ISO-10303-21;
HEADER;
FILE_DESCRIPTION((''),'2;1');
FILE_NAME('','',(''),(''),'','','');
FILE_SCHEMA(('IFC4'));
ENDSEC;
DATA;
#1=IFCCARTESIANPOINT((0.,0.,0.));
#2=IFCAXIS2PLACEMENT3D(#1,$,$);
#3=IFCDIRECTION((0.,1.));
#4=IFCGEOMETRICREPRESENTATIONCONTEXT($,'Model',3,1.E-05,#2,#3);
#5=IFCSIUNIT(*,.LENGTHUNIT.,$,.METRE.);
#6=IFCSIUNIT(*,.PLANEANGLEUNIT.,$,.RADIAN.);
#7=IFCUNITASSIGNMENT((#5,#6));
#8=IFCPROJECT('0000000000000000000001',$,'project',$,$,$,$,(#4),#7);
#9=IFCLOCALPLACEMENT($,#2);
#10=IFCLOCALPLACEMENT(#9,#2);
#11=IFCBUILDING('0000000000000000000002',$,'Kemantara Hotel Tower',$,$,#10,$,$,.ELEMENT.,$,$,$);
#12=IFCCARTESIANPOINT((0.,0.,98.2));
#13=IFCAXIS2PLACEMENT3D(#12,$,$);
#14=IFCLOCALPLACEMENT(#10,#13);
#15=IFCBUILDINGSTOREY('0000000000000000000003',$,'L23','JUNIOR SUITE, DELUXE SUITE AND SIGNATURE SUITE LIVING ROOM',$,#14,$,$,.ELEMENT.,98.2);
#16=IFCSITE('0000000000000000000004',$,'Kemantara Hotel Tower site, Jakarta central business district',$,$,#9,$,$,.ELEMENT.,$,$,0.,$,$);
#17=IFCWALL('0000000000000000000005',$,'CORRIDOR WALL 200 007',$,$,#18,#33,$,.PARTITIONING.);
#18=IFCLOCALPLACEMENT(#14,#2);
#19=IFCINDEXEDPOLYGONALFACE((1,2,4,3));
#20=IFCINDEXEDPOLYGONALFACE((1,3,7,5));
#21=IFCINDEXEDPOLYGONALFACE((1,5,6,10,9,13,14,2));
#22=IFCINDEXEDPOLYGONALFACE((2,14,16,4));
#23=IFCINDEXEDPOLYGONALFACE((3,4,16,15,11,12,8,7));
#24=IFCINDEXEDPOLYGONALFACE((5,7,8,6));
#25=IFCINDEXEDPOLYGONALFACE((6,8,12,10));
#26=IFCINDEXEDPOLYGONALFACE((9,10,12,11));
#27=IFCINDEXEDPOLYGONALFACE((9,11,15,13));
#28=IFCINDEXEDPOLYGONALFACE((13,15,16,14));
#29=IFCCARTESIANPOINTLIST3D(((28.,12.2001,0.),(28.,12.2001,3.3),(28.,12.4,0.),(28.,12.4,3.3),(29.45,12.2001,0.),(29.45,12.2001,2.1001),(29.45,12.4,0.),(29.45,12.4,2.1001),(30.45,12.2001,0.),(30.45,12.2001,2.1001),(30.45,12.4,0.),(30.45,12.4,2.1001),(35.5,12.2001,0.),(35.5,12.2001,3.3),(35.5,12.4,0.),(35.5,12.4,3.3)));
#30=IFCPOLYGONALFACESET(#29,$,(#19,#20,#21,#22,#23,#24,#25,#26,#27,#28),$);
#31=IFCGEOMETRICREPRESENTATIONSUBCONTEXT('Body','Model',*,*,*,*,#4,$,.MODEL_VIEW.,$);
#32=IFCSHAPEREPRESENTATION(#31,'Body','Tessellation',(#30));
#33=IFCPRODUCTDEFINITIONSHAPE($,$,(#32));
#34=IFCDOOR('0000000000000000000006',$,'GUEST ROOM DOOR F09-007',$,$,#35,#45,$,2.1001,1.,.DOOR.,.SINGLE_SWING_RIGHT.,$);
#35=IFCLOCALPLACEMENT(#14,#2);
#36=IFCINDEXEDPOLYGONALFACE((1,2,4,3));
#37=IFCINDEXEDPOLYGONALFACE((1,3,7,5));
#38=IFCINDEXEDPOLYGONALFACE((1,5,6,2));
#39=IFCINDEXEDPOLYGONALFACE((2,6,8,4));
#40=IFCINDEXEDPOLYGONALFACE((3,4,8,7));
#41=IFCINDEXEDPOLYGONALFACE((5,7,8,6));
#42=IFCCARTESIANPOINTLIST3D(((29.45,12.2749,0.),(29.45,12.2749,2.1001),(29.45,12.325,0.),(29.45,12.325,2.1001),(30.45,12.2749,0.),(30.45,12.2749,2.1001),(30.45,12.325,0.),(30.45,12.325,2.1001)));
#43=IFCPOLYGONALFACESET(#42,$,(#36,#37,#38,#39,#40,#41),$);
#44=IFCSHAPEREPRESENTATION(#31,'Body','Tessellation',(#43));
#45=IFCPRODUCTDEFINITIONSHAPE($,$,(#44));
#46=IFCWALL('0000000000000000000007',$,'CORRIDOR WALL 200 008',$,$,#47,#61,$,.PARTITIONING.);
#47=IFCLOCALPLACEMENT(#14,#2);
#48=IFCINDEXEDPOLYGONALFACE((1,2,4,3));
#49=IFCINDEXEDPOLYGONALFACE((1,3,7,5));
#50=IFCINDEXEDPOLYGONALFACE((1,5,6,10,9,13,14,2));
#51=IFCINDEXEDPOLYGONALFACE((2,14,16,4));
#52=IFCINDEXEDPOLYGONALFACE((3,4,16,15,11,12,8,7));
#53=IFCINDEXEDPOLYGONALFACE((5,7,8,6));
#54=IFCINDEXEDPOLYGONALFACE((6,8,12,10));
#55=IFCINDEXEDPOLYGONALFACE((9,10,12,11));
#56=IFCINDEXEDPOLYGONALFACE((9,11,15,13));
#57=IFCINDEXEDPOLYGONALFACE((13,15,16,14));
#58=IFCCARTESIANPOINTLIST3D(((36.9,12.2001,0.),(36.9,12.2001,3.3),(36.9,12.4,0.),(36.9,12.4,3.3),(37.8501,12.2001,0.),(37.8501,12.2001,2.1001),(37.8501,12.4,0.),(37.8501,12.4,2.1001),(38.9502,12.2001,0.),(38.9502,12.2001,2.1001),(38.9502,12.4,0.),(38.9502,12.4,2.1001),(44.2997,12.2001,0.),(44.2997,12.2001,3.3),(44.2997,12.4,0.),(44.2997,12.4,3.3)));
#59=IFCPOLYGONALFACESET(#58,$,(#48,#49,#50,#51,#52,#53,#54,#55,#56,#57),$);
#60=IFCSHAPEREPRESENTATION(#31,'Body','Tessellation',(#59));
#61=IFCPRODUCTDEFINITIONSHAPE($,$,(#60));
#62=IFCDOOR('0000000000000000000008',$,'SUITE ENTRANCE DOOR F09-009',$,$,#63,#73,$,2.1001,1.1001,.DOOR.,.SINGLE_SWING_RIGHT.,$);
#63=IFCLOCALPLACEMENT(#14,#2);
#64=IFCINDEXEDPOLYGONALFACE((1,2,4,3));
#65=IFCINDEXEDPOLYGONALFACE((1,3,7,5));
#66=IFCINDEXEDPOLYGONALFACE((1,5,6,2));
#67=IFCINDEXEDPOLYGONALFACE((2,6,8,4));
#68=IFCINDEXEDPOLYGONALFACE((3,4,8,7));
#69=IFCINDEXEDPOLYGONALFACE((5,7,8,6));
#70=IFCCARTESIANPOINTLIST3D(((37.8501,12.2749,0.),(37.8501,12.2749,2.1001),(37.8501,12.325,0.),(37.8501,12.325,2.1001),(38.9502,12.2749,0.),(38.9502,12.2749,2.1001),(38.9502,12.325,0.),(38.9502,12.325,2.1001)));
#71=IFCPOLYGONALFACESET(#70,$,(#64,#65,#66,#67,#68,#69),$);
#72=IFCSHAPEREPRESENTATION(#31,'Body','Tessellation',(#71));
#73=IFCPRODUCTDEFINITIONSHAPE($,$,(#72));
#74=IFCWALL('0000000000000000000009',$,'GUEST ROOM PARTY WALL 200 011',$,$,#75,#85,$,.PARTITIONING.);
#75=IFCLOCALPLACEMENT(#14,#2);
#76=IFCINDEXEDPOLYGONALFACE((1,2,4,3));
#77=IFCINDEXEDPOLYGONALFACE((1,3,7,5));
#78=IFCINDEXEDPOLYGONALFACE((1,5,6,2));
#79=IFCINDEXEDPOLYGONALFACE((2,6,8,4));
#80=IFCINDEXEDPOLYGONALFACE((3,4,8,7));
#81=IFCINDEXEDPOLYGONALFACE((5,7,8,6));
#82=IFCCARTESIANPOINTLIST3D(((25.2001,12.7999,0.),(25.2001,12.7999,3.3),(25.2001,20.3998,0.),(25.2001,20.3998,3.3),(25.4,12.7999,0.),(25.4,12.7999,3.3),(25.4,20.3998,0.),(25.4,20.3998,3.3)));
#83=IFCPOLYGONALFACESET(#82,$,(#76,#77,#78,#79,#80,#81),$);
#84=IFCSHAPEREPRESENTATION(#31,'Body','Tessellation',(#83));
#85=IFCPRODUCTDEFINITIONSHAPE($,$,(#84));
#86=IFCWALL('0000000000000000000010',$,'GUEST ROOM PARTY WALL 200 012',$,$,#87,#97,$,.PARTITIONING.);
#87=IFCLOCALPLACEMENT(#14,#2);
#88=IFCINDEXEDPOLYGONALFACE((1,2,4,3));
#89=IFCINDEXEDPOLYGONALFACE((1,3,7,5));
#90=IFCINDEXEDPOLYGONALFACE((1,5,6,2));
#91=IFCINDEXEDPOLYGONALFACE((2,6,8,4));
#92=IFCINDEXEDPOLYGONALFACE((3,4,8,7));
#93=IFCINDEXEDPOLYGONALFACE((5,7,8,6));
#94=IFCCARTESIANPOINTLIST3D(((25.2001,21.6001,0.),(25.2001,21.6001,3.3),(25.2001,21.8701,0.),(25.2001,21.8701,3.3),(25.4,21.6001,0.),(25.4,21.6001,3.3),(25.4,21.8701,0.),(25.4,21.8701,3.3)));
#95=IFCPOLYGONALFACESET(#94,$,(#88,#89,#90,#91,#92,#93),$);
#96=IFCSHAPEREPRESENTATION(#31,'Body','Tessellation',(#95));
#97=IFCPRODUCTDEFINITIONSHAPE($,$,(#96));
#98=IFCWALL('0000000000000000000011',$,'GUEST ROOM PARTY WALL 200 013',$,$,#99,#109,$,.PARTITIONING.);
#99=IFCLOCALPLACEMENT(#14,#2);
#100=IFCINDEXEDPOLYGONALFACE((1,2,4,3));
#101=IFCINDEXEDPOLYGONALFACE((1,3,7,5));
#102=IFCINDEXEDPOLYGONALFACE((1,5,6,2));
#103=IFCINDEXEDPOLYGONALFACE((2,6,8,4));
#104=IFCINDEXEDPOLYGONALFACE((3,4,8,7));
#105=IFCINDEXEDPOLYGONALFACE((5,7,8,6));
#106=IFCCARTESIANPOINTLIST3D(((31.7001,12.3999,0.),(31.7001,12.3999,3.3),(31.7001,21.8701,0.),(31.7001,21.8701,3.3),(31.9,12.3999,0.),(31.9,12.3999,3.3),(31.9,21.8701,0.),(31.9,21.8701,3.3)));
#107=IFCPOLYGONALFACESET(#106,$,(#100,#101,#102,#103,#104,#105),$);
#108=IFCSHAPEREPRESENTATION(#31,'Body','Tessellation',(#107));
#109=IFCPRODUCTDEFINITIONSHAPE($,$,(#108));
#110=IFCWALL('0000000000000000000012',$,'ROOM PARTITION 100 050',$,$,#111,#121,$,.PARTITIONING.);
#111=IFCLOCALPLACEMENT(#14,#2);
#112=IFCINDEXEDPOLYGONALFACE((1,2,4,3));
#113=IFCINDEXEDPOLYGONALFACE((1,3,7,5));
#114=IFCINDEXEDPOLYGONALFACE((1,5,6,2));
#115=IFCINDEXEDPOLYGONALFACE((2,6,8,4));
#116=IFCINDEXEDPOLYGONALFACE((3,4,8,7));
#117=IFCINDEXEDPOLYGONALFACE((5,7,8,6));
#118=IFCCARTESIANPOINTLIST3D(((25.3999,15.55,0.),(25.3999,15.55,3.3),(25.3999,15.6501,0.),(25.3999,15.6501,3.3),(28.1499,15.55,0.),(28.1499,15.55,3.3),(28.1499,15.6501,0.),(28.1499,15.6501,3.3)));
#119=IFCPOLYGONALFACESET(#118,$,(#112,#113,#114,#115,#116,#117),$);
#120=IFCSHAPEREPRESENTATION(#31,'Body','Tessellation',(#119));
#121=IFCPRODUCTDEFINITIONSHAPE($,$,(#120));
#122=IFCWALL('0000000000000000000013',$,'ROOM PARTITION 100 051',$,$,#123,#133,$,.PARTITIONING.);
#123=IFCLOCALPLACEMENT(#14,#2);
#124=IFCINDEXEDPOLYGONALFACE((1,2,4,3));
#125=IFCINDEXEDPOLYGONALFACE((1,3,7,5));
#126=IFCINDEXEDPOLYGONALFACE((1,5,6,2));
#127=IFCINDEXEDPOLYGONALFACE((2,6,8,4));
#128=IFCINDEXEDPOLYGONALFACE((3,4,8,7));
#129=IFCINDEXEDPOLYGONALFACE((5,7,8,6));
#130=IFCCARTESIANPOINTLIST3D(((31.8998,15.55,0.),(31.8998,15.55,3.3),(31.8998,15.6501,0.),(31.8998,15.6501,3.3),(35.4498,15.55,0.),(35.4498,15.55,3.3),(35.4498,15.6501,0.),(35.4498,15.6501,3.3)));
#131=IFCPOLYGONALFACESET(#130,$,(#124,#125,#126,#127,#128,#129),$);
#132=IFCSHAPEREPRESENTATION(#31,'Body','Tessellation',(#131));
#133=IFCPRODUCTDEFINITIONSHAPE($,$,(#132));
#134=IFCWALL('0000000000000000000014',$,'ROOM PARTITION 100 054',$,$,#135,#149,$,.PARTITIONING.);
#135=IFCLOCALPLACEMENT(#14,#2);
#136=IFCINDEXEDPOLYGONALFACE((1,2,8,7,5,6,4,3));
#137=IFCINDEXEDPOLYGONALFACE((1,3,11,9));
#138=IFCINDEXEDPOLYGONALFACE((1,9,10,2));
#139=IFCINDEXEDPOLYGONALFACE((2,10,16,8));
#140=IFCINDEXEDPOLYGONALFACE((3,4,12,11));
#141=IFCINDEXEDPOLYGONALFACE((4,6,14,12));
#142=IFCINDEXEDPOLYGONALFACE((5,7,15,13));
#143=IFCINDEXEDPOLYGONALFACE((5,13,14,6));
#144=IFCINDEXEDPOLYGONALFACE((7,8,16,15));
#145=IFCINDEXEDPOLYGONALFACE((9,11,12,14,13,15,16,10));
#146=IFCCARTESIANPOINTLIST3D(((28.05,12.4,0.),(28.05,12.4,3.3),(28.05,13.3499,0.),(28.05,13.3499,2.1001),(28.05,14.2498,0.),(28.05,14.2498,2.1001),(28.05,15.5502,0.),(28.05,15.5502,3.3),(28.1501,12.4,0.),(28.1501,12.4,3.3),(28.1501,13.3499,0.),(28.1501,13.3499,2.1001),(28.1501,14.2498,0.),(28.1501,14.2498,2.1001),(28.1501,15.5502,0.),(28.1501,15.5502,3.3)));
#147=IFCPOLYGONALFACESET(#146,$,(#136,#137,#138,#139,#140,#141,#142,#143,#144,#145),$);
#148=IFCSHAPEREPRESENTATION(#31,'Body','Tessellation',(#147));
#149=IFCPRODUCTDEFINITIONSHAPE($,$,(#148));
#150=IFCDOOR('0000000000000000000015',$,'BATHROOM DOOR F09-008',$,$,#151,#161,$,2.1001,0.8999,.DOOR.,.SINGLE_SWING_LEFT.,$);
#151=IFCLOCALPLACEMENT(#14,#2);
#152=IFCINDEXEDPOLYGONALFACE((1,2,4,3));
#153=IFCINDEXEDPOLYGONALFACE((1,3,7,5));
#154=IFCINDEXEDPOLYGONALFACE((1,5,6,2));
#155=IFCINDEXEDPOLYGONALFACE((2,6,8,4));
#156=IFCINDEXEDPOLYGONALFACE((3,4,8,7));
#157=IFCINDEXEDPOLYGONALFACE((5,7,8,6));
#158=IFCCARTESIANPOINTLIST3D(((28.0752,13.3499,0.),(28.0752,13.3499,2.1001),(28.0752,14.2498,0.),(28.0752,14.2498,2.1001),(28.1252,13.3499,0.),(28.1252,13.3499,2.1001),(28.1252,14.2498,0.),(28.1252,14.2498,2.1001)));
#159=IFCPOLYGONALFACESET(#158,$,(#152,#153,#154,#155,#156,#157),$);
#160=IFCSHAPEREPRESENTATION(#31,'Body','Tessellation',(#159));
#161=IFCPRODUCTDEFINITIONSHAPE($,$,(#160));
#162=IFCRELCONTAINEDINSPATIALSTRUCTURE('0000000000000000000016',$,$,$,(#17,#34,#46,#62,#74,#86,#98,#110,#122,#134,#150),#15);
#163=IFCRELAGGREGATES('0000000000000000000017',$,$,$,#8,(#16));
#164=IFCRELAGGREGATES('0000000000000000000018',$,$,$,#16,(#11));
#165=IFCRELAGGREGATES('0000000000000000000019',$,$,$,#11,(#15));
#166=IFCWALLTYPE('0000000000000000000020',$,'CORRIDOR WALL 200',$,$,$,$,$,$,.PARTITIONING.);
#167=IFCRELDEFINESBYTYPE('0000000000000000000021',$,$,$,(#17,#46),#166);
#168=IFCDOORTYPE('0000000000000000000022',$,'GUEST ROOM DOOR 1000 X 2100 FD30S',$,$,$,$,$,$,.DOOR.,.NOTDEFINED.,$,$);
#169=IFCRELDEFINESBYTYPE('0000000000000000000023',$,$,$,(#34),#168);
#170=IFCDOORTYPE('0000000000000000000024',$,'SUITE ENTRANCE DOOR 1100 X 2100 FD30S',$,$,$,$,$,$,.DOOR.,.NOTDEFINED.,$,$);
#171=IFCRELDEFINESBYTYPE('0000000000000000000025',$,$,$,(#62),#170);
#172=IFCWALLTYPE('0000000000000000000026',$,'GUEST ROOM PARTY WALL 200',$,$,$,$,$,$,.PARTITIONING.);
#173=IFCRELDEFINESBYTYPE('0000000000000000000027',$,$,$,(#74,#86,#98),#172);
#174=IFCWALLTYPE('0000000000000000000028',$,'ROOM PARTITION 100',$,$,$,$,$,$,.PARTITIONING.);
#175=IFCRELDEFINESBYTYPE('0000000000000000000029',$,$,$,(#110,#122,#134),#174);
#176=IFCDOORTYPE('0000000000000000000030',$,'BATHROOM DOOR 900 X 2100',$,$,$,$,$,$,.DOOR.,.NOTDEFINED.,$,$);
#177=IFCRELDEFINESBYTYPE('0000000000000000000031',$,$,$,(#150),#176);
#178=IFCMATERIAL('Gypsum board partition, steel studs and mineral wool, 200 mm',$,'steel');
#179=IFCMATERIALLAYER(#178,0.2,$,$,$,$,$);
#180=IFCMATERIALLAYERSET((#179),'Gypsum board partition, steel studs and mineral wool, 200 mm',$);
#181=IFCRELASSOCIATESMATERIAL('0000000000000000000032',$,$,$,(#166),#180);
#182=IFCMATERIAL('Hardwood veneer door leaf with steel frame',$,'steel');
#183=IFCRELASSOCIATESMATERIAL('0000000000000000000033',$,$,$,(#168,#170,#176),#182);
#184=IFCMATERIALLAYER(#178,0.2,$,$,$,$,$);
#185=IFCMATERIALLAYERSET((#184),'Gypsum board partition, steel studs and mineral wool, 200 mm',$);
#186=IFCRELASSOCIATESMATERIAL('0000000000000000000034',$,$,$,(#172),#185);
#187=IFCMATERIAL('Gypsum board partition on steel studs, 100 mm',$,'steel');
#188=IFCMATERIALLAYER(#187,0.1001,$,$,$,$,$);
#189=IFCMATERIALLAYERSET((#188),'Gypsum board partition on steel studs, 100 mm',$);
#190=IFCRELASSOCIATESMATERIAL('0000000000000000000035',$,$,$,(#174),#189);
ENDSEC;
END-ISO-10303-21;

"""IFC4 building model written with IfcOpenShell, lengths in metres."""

from ifc_helpers import new_model, si_unit, direction, frame, frame_2d, origin, place, context, subcontext, project, spatial, rectangle, extrude, material, layer, layer_set, type_object, element, fill, save


model = new_model("IFC4")

# Units and contexts
model_context = context("Model", 3, precision=1e-05, world=origin(), true_north=direction((0.0, 1.0)))
body_context = subcontext(model_context, "Body", "Model", "MODEL_VIEW")
ifc_project = project(units=[si_unit("LENGTHUNIT", "METRE"), si_unit("PLANEANGLEUNIT", "RADIAN")], contexts=[model_context])

# Site, building, storey
site_placement = place(None, origin())
site = spatial("IfcSite", under=ifc_project, at=site_placement, Name="Kemantara Hotel Tower site, Jakarta central business district", CompositionType="ELEMENT", RefElevation=0.0)
building_placement = place(site_placement, origin())
building = spatial("IfcBuilding", under=site, at=building_placement, Name="Kemantara Hotel Tower", CompositionType="ELEMENT")
storey_placement = place(building_placement, frame((0.0, 0.0, 98.2)))
storey = spatial("IfcBuildingStorey", under=building, at=storey_placement, Name="L23", Description="JUNIOR SUITE, DELUXE SUITE AND SIGNATURE SUITE LIVING ROOM", CompositionType="ELEMENT", Elevation=98.2)

# Shared definitions
ifc_material_1 = material(Name="Gypsum board partition, steel studs and mineral wool, 200 mm", Category="steel")
ifc_layer_1 = layer(ifc_material_1, 0.2)
ifc_layer_set_1 = layer_set([ifc_layer_1], Name="Gypsum board partition, steel studs and mineral wool, 200 mm")
wall_type_1 = type_object("IfcWallType", Name="CORRIDOR WALL 200", PredefinedType="PARTITIONING", material=ifc_layer_set_1)

# Walls, openings, doors
wall_1_placement = place(storey_placement, frame((28.0, 12.3, 0.0), z_axis=(0.0, 0.0, 1.0), x_axis=(1.0, 0.0, 0.0)))
wall_1 = element("IfcWall", 1, at=wall_1_placement, inside=storey, type_object=wall_type_1, Name="CORRIDOR WALL 200 007", PredefinedType="PARTITIONING", context=body_context, shape_type="SweptSolid", body=[
    extrude(rectangle(XDim=7.5, YDim=0.2, at=frame_2d((3.75, 0.0))), origin(), (0.0, 0.0, 1.0), 3.3),
])
opening_1_placement = place(wall_1_placement, frame((1.45, 0.0, 0.0)))
opening_1 = element("IfcOpeningElement", 2, at=opening_1_placement, cuts=wall_1, PredefinedType="OPENING", context=body_context, shape_type="SweptSolid", body=[
    extrude(rectangle(XDim=1.0, YDim=2.1001, at=frame_2d((0.5, 1.05))), frame((0.0, 0.1099, 0.0), z_axis=(0.0, -1.0, 0.0), x_axis=(1.0, 0.0, 0.0)), (0.0, 0.0, 1.0), 0.22),
])
ifc_material_2 = material(Name="Hardwood veneer door leaf with steel frame", Category="steel")
door_type_1 = type_object("IfcDoorType", Name="GUEST ROOM DOOR 1000 X 2100 FD30S", OperationType="NOTDEFINED", PredefinedType="DOOR", material=ifc_material_2)
door_1_placement = place(opening_1_placement, origin())
door_1 = element("IfcDoor", 3, at=door_1_placement, inside=storey, type_object=door_type_1, Name="GUEST ROOM DOOR F09-007", OperationType="SINGLE_SWING_RIGHT", OverallHeight=2.1001, OverallWidth=1.0, PredefinedType="DOOR", context=body_context, shape_type="SweptSolid", body=[
    extrude(rectangle(XDim=1.0, YDim=2.1001, at=frame_2d((0.5, 1.05))), frame((0.0, 0.0249, 0.0), z_axis=(0.0, -1.0, 0.0), x_axis=(1.0, 0.0, 0.0)), (0.0, 0.0, 1.0), 0.05),
])
fill(opening_1, door_1)
wall_2_placement = place(storey_placement, frame((36.9001, 12.3, 0.0), z_axis=(0.0, 0.0, 1.0), x_axis=(1.0, 0.0, 0.0)))
wall_2 = element("IfcWall", 4, at=wall_2_placement, inside=storey, type_object=wall_type_1, Name="CORRIDOR WALL 200 008", PredefinedType="PARTITIONING", context=body_context, shape_type="SweptSolid", body=[
    extrude(rectangle(XDim=7.3997, YDim=0.2, at=frame_2d((3.6997, 0.0))), origin(), (0.0, 0.0, 1.0), 3.3),
])
opening_2_placement = place(wall_2_placement, frame((0.95, 0.0, 0.0)))
opening_2 = element("IfcOpeningElement", 5, at=opening_2_placement, cuts=wall_2, PredefinedType="OPENING", context=body_context, shape_type="SweptSolid", body=[
    extrude(rectangle(XDim=1.1001, YDim=2.1001, at=frame_2d((0.55, 1.05))), frame((0.0, 0.1099, 0.0), z_axis=(0.0, -1.0, 0.0), x_axis=(1.0, 0.0, 0.0)), (0.0, 0.0, 1.0), 0.22),
])
door_type_2 = type_object("IfcDoorType", Name="SUITE ENTRANCE DOOR 1100 X 2100 FD30S", OperationType="NOTDEFINED", PredefinedType="DOOR", material=ifc_material_2)
door_2_placement = place(opening_2_placement, origin())
door_2 = element("IfcDoor", 6, at=door_2_placement, inside=storey, type_object=door_type_2, Name="SUITE ENTRANCE DOOR F09-009", OperationType="SINGLE_SWING_RIGHT", OverallHeight=2.1001, OverallWidth=1.1001, PredefinedType="DOOR", context=body_context, shape_type="SweptSolid", body=[
    extrude(rectangle(XDim=1.1001, YDim=2.1001, at=frame_2d((0.55, 1.05))), frame((0.0, 0.0249, 0.0), z_axis=(0.0, -1.0, 0.0), x_axis=(1.0, 0.0, 0.0)), (0.0, 0.0, 1.0), 0.05),
])
fill(opening_2, door_2)

# Walls
ifc_layer_2 = layer(ifc_material_1, 0.2)
ifc_layer_set_2 = layer_set([ifc_layer_2], Name="Gypsum board partition, steel studs and mineral wool, 200 mm")
wall_type_2 = type_object("IfcWallType", Name="GUEST ROOM PARTY WALL 200", PredefinedType="PARTITIONING", material=ifc_layer_set_2)
wall_3_placement = place(storey_placement, frame((25.3, 12.8, 0.0), z_axis=(0.0, 0.0, 1.0), x_axis=(0.0, 1.0, 0.0)))
element("IfcWall", 7, at=wall_3_placement, inside=storey, type_object=wall_type_2, Name="GUEST ROOM PARTY WALL 200 011", PredefinedType="PARTITIONING", context=body_context, shape_type="SweptSolid", body=[
    extrude(rectangle(XDim=7.5999, YDim=0.2, at=frame_2d((3.7998, 0.0))), origin(), (0.0, 0.0, 1.0), 3.3),
])
wall_4_placement = place(storey_placement, frame((25.3, 21.6001, 0.0), z_axis=(0.0, 0.0, 1.0), x_axis=(0.0, 1.0, 0.0)))
element("IfcWall", 8, at=wall_4_placement, inside=storey, type_object=wall_type_2, Name="GUEST ROOM PARTY WALL 200 012", PredefinedType="PARTITIONING", context=body_context, shape_type="SweptSolid", body=[
    extrude(rectangle(XDim=0.27, YDim=0.2, at=frame_2d((0.135, 0.0))), origin(), (0.0, 0.0, 1.0), 3.3),
])
wall_5_placement = place(storey_placement, frame((31.8, 12.3999, 0.0), z_axis=(0.0, 0.0, 1.0), x_axis=(0.0, 1.0, 0.0)))
element("IfcWall", 9, at=wall_5_placement, inside=storey, type_object=wall_type_2, Name="GUEST ROOM PARTY WALL 200 013", PredefinedType="PARTITIONING", context=body_context, shape_type="SweptSolid", body=[
    extrude(rectangle(XDim=9.4702, YDim=0.2, at=frame_2d((4.7351, 0.0))), origin(), (0.0, 0.0, 1.0), 3.3),
])
ifc_material_3 = material(Name="Gypsum board partition on steel studs, 100 mm", Category="steel")
ifc_layer_3 = layer(ifc_material_3, 0.1001)
ifc_layer_set_3 = layer_set([ifc_layer_3], Name="Gypsum board partition on steel studs, 100 mm")
wall_type_3 = type_object("IfcWallType", Name="ROOM PARTITION 100", PredefinedType="PARTITIONING", material=ifc_layer_set_3)
wall_6_placement = place(storey_placement, frame((25.3999, 15.6001, 0.0), z_axis=(0.0, 0.0, 1.0), x_axis=(1.0, 0.0, 0.0)))
element("IfcWall", 10, at=wall_6_placement, inside=storey, type_object=wall_type_3, Name="ROOM PARTITION 100 050", PredefinedType="PARTITIONING", context=body_context, shape_type="SweptSolid", body=[
    extrude(rectangle(XDim=2.75, YDim=0.1001, at=frame_2d((1.375, 0.0))), origin(), (0.0, 0.0, 1.0), 3.3),
])
wall_7_placement = place(storey_placement, frame((31.8999, 15.6001, 0.0), z_axis=(0.0, 0.0, 1.0), x_axis=(1.0, 0.0, 0.0)))
element("IfcWall", 11, at=wall_7_placement, inside=storey, type_object=wall_type_3, Name="ROOM PARTITION 100 051", PredefinedType="PARTITIONING", context=body_context, shape_type="SweptSolid", body=[
    extrude(rectangle(XDim=3.55, YDim=0.1001, at=frame_2d((1.7749, 0.0))), origin(), (0.0, 0.0, 1.0), 3.3),
])

# Wall, opening, door
wall_8_placement = place(storey_placement, frame((28.1001, 12.3999, 0.0), z_axis=(0.0, 0.0, 1.0), x_axis=(0.0, 1.0, 0.0)))
wall_8 = element("IfcWall", 12, at=wall_8_placement, inside=storey, type_object=wall_type_3, Name="ROOM PARTITION 100 054", PredefinedType="PARTITIONING", context=body_context, shape_type="SweptSolid", body=[
    extrude(rectangle(XDim=3.1501, YDim=0.1001, at=frame_2d((1.5752, 0.0))), origin(), (0.0, 0.0, 1.0), 3.3),
])
opening_3_placement = place(wall_8_placement, frame((0.95, 0.0, 0.0)))
opening_3 = element("IfcOpeningElement", 13, at=opening_3_placement, cuts=wall_8, PredefinedType="OPENING", context=body_context, shape_type="SweptSolid", body=[
    extrude(rectangle(XDim=0.8999, YDim=2.1001, at=frame_2d((0.45, 1.05))), frame((0.0, 0.0601, 0.0), z_axis=(0.0, -1.0, 0.0), x_axis=(1.0, 0.0, 0.0)), (0.0, 0.0, 1.0), 0.1201),
])
door_type_3 = type_object("IfcDoorType", Name="BATHROOM DOOR 900 X 2100", OperationType="NOTDEFINED", PredefinedType="DOOR", material=ifc_material_2)
door_3_placement = place(opening_3_placement, origin())
door_3 = element("IfcDoor", 14, at=door_3_placement, inside=storey, type_object=door_type_3, Name="BATHROOM DOOR F09-008", OperationType="SINGLE_SWING_LEFT", OverallHeight=2.1001, OverallWidth=0.8999, PredefinedType="DOOR", context=body_context, shape_type="SweptSolid", body=[
    extrude(rectangle(XDim=0.8999, YDim=2.1001, at=frame_2d((0.45, 1.05))), frame((0.0, 0.0249, 0.0), z_axis=(0.0, -1.0, 0.0), x_axis=(1.0, 0.0, 0.0)), (0.0, 0.0, 1.0), 0.05),
])
fill(opening_3, door_3)

save(model, "model.ifc")
